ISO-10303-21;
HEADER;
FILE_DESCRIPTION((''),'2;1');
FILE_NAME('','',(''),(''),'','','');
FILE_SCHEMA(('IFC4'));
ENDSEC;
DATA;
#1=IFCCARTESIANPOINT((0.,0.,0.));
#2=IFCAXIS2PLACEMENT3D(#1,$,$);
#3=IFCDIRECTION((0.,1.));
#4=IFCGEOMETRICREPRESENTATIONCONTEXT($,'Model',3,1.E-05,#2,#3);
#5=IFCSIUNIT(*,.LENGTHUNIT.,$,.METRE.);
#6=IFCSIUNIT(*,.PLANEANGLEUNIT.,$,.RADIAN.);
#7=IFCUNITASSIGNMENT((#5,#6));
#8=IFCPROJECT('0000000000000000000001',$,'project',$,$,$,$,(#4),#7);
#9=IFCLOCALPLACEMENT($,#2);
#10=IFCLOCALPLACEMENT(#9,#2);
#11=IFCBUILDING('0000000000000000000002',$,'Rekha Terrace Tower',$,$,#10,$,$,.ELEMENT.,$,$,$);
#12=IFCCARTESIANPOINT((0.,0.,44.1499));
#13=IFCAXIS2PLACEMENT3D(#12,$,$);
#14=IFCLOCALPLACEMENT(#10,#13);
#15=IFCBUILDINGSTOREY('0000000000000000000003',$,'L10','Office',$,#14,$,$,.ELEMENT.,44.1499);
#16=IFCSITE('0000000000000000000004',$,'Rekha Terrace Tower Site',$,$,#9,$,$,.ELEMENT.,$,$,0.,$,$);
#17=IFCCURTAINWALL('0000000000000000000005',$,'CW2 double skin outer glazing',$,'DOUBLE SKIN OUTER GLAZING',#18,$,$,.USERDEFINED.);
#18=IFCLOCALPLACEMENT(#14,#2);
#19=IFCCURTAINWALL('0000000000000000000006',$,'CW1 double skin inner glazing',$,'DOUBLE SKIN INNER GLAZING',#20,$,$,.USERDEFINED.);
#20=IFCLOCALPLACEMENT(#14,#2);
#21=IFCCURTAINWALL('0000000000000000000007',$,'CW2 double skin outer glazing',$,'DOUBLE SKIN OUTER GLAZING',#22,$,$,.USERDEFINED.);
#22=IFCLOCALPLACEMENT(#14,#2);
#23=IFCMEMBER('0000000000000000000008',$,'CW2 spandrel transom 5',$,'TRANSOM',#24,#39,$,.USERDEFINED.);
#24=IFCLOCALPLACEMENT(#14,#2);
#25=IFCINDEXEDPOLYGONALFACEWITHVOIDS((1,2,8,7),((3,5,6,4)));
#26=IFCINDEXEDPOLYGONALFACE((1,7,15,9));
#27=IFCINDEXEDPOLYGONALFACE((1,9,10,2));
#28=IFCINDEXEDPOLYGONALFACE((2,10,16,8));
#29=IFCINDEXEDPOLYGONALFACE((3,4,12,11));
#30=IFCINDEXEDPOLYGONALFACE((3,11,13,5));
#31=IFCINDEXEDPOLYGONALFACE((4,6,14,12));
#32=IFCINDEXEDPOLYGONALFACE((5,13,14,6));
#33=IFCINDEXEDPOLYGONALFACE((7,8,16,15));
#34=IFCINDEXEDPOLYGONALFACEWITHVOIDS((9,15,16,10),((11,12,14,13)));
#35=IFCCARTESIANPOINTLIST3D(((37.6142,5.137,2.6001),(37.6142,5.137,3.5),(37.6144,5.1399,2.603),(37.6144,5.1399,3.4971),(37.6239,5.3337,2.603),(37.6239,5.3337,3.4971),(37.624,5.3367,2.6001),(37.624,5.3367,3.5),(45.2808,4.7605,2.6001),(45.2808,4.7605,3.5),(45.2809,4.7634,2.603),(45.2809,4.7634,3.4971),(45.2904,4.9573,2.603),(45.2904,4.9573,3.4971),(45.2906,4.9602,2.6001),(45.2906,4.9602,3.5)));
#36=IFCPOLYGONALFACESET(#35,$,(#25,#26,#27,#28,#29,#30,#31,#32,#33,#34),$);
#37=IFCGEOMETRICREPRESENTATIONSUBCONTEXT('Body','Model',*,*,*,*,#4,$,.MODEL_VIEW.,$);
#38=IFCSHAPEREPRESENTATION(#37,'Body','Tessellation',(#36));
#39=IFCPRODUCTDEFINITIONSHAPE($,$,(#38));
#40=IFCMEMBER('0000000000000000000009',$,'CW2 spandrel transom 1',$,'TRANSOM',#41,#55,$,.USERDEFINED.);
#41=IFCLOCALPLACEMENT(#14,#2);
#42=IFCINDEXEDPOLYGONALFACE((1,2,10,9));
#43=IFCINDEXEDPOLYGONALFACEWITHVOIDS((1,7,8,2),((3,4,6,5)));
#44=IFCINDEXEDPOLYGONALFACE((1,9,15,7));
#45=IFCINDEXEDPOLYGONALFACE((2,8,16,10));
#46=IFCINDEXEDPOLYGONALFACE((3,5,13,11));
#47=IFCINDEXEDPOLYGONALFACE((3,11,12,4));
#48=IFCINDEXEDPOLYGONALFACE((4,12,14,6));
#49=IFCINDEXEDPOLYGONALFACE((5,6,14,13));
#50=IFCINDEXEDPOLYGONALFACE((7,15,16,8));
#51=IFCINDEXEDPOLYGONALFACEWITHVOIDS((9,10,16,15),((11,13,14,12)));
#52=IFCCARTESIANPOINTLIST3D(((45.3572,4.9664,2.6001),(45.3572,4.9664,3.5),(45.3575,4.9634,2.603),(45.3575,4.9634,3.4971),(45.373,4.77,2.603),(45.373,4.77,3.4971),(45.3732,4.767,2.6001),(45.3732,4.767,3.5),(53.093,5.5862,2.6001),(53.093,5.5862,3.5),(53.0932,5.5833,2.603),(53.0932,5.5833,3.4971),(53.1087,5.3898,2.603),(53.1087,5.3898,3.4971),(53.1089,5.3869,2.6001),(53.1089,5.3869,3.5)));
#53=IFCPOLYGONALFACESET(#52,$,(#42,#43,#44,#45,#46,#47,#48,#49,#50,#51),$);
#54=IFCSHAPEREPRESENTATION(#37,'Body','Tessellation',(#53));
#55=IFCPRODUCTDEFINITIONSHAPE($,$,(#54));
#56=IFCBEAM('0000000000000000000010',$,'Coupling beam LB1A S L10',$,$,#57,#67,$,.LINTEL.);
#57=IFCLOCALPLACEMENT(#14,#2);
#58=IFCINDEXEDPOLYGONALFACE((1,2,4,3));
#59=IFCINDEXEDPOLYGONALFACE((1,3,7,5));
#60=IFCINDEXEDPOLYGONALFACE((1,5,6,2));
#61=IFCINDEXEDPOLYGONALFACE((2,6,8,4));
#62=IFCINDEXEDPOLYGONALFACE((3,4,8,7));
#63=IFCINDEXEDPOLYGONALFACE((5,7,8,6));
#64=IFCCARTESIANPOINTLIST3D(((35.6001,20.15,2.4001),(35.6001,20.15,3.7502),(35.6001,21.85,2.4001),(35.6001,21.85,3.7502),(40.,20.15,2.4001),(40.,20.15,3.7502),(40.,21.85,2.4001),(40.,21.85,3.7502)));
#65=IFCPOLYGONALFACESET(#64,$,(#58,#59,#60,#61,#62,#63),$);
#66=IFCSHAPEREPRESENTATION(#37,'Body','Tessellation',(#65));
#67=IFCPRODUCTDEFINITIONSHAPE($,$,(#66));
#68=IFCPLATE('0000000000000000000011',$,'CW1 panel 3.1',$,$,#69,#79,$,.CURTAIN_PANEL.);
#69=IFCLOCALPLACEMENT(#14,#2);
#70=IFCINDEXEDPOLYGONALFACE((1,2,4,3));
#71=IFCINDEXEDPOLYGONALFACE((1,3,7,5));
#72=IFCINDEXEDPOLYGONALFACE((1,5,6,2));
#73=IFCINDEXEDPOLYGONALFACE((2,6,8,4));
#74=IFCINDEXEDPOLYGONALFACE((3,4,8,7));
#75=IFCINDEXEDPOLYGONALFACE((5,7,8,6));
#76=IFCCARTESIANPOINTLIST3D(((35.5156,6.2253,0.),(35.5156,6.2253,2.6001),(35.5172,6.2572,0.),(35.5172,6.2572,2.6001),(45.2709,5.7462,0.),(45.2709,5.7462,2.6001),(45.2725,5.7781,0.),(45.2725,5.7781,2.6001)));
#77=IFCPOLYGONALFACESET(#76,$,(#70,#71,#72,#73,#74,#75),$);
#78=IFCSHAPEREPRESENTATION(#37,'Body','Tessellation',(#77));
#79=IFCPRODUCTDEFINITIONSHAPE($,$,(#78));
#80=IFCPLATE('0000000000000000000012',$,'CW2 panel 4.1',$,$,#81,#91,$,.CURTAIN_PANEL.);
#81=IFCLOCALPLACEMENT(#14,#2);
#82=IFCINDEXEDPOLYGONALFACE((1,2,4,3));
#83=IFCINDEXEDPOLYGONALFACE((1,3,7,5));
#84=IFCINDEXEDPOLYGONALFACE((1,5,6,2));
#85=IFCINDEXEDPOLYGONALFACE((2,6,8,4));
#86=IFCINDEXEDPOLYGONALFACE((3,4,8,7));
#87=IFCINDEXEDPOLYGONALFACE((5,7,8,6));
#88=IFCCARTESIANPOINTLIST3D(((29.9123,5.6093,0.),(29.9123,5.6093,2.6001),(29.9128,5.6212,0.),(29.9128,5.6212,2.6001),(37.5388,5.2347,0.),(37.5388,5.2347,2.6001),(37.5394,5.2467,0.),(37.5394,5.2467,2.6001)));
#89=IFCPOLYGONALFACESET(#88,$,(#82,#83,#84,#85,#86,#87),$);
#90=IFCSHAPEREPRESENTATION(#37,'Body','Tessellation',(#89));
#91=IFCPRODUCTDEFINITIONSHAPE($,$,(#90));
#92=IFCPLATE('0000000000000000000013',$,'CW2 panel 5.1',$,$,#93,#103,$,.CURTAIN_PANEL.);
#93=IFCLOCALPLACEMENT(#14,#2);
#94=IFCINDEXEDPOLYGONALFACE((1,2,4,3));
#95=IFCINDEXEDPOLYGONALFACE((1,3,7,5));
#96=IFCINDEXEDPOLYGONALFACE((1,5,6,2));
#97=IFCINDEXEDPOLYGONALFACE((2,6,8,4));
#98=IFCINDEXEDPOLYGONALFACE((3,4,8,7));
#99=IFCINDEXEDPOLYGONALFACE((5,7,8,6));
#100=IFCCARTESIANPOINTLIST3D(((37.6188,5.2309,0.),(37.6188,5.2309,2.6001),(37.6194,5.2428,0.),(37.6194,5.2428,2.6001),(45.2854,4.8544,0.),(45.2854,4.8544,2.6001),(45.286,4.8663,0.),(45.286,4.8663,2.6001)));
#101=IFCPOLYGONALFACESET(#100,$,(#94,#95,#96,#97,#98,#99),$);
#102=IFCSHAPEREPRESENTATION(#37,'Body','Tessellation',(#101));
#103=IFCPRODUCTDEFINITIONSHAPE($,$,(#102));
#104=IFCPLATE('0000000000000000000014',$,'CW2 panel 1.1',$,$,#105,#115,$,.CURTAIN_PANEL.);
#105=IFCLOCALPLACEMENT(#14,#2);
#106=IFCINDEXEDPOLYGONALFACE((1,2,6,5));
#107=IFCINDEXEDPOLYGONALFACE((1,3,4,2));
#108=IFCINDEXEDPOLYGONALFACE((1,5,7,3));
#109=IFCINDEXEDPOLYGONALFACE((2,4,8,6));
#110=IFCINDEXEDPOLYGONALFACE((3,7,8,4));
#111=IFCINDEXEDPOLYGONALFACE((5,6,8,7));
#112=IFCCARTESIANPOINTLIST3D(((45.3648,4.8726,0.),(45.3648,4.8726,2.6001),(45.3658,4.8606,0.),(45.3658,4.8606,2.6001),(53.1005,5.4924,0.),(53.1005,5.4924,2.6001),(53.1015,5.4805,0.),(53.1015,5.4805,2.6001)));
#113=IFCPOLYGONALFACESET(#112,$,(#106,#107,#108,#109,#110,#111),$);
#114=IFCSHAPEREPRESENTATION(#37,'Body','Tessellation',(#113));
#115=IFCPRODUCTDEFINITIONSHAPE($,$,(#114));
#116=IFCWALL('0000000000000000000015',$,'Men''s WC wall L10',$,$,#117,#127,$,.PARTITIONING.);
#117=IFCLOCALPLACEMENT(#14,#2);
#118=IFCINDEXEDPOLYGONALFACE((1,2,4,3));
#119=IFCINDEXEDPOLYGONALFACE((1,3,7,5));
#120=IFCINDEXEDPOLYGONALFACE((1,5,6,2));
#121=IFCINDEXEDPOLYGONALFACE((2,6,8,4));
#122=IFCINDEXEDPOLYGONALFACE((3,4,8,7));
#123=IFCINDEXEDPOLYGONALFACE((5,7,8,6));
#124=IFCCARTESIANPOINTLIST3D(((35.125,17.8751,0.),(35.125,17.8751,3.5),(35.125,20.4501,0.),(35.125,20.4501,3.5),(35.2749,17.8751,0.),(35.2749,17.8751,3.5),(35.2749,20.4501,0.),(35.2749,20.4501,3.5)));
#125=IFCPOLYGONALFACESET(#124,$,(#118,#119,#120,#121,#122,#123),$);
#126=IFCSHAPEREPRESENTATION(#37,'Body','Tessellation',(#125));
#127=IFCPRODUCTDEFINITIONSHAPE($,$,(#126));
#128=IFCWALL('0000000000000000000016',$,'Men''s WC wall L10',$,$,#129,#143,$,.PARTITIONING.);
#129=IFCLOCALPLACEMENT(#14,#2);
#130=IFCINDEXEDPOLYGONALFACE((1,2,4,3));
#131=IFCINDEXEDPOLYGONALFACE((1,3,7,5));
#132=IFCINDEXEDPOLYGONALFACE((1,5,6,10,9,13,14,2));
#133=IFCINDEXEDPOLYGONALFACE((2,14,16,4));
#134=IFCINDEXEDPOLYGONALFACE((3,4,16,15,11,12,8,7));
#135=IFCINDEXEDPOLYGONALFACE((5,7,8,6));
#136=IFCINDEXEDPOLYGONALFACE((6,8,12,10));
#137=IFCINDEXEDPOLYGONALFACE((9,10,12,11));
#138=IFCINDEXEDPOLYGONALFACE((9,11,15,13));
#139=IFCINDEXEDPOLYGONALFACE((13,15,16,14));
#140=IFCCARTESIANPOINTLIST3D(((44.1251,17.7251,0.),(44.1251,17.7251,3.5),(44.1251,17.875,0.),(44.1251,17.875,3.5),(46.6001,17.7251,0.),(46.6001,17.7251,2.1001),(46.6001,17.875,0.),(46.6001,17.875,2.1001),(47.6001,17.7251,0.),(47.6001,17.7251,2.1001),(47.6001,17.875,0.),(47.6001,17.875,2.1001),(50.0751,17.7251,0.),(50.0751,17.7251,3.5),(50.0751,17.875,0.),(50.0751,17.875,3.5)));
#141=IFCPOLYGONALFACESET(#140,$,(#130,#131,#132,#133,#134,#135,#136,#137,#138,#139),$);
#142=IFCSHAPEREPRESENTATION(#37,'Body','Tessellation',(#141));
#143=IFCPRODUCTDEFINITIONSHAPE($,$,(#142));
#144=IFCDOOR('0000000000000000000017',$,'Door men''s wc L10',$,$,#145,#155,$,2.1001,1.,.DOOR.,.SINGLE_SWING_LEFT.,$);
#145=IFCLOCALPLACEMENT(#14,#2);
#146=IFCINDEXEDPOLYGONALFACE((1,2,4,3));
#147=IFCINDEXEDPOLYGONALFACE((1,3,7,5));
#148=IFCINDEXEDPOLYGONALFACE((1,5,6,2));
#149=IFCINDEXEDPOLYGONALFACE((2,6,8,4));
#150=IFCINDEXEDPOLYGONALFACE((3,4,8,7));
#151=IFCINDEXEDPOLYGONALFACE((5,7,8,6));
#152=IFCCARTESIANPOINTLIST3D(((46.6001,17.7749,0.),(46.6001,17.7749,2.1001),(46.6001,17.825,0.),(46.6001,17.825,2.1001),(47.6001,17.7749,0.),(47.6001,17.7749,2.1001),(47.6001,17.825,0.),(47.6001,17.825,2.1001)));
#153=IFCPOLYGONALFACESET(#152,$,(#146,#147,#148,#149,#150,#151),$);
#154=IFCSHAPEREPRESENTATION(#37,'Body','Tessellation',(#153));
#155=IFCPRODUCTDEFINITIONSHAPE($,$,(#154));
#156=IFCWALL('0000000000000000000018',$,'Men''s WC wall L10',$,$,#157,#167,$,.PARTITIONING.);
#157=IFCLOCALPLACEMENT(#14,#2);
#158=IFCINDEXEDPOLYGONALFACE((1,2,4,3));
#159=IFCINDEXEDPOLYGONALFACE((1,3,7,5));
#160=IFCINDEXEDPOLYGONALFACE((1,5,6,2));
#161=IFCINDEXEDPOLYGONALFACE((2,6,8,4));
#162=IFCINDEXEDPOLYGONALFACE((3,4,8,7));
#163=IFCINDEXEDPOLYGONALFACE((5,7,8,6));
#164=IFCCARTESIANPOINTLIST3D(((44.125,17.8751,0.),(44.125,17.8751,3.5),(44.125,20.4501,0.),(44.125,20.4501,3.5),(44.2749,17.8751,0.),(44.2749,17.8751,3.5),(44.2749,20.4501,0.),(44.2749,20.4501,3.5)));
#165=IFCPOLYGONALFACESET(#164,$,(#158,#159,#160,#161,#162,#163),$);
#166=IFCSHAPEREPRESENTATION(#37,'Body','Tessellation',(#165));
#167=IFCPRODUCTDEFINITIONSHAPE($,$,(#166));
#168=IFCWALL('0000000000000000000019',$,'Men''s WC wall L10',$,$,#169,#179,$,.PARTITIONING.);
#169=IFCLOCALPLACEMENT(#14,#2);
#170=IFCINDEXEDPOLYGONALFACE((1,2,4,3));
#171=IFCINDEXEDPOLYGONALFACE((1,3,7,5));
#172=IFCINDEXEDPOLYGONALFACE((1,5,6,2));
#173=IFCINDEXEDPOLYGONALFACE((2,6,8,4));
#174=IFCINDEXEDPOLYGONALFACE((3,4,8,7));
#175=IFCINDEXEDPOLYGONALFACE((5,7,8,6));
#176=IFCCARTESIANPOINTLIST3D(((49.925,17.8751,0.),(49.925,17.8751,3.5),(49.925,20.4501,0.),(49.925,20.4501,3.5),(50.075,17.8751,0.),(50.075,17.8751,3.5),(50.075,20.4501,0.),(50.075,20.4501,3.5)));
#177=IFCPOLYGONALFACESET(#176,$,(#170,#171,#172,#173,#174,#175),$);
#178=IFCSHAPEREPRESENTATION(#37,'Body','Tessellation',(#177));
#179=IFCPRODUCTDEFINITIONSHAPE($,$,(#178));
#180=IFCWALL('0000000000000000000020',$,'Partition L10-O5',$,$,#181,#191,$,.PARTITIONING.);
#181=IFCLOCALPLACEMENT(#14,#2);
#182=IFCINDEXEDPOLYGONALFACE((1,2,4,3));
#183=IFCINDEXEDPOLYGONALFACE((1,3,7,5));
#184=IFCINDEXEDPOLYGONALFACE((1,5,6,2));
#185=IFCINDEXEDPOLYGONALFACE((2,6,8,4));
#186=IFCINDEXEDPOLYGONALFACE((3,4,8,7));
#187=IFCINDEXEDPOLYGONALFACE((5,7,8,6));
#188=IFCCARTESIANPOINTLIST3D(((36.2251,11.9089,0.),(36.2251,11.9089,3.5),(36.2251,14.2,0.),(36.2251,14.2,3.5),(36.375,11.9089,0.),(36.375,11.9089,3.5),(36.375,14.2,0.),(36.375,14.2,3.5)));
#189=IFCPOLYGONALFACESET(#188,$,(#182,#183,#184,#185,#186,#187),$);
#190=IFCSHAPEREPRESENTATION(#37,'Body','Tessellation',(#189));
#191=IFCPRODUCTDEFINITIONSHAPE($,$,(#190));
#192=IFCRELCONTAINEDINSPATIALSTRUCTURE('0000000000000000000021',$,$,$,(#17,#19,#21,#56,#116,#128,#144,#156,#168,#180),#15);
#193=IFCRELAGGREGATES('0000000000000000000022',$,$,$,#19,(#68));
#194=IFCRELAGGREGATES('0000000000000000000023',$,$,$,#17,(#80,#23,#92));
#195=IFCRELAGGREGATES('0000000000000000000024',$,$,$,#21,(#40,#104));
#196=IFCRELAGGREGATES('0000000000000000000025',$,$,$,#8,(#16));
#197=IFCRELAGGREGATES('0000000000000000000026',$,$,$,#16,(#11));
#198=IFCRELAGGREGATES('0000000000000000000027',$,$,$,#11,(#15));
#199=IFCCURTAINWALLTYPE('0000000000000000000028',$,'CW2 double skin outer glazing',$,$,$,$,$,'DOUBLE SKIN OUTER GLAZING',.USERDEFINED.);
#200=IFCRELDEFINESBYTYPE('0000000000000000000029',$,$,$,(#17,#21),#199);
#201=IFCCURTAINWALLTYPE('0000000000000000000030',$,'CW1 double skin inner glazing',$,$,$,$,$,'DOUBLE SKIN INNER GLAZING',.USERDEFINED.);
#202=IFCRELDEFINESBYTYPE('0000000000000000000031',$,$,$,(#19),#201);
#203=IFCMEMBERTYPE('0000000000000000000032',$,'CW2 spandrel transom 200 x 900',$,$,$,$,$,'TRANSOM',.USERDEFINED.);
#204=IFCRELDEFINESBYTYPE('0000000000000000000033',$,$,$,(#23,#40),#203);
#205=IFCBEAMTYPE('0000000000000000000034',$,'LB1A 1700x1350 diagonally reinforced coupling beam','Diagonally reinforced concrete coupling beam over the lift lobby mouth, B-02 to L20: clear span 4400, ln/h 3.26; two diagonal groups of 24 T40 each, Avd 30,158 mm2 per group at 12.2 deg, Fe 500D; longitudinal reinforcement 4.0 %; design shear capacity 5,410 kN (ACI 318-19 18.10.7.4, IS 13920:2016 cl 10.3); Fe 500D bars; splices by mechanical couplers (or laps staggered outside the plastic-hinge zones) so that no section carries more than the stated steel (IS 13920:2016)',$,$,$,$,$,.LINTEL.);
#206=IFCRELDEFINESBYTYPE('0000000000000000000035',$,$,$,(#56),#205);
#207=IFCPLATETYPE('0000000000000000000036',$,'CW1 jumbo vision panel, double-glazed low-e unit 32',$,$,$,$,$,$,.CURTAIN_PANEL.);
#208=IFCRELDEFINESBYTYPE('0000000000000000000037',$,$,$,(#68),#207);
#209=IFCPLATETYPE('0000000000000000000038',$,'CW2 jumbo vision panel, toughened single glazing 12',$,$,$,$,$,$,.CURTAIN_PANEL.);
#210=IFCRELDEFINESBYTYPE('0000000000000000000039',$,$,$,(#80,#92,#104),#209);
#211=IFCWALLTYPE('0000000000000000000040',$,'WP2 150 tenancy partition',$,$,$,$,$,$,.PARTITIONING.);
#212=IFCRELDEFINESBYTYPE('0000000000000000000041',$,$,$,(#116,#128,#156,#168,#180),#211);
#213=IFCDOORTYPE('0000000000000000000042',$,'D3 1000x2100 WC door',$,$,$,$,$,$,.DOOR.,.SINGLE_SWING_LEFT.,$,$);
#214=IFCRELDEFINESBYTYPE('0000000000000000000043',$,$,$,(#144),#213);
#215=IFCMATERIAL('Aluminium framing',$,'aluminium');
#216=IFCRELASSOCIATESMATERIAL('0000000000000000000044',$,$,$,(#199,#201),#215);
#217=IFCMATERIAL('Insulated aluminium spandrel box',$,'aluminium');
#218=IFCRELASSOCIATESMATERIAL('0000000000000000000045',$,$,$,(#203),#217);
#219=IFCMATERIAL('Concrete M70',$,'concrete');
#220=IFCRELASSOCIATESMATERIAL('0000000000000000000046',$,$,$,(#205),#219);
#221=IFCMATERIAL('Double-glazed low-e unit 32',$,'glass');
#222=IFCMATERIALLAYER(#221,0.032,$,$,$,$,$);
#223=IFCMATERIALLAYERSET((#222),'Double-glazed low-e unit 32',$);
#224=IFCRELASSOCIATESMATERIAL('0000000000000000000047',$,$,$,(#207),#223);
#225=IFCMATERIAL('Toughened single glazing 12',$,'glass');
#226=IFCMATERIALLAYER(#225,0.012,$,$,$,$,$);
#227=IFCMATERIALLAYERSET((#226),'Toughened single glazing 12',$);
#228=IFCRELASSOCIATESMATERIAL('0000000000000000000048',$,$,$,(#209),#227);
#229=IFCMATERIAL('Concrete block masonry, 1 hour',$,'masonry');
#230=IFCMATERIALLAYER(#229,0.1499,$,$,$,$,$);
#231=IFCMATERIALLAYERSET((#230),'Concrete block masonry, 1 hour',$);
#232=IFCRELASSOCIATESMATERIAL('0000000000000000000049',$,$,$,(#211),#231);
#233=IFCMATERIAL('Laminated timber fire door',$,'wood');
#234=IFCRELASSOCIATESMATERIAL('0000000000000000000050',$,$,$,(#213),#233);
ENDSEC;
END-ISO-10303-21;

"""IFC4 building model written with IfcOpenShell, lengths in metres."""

from ifc_helpers import new_model, si_unit, direction, frame, frame_2d, origin, origin_2d, place, context, subcontext, project, spatial, rectangle, hollow_rectangle, extrude, material, layer, layer_set, material_profile, profile_set, type_object, element, fill, aggregate, save


model = new_model("IFC4")

# Units and contexts
model_context = context("Model", 3, precision=1e-05, world=origin(), true_north=direction((0.0, 1.0)))
body_context = subcontext(model_context, "Body", "Model", "MODEL_VIEW")
ifc_project = project(units=[si_unit("LENGTHUNIT", "METRE"), si_unit("PLANEANGLEUNIT", "RADIAN")], contexts=[model_context])

# Site, building, storey
site_placement = place(None, origin())
site = spatial("IfcSite", under=ifc_project, at=site_placement, Name="Rekha Terrace Tower Site", CompositionType="ELEMENT", RefElevation=0.0)
building_placement = place(site_placement, origin())
building = spatial("IfcBuilding", under=site, at=building_placement, Name="Rekha Terrace Tower", CompositionType="ELEMENT")
storey_placement = place(building_placement, frame((0.0, 0.0, 44.1499)))
storey = spatial("IfcBuildingStorey", under=building, at=storey_placement, Name="L10", Description="Office", CompositionType="ELEMENT", Elevation=44.1499)

# Shared definitions
ifc_material_1 = material(Name="Concrete M70", Category="concrete")

# Curtain walls
ifc_material_2 = material(Name="Aluminium framing", Category="aluminium")
curtain_wall_type_1 = type_object("IfcCurtainWallType", Name="CW2 double skin outer glazing", ElementType="DOUBLE SKIN OUTER GLAZING", PredefinedType="USERDEFINED", material=ifc_material_2)
curtain_wall_1_placement = place(storey_placement, origin())
curtain_wall_1 = element("IfcCurtainWall", 1, at=curtain_wall_1_placement, inside=storey, type_object=curtain_wall_type_1, Name="CW2 double skin outer glazing", ObjectType="DOUBLE SKIN OUTER GLAZING", PredefinedType="USERDEFINED")
curtain_wall_type_2 = type_object("IfcCurtainWallType", Name="CW1 double skin inner glazing", ElementType="DOUBLE SKIN INNER GLAZING", PredefinedType="USERDEFINED", material=ifc_material_2)
curtain_wall_2_placement = place(storey_placement, origin())
curtain_wall_2 = element("IfcCurtainWall", 2, at=curtain_wall_2_placement, inside=storey, type_object=curtain_wall_type_2, Name="CW1 double skin inner glazing", ObjectType="DOUBLE SKIN INNER GLAZING", PredefinedType="USERDEFINED")

# Shared definitions
ifc_material_3 = material(Name="Insulated aluminium spandrel box", Category="aluminium")

# Curtain wall
curtain_wall_3_placement = place(storey_placement, origin())
curtain_wall_3 = element("IfcCurtainWall", 3, at=curtain_wall_3_placement, inside=storey, type_object=curtain_wall_type_1, Name="CW2 double skin outer glazing", ObjectType="DOUBLE SKIN OUTER GLAZING", PredefinedType="USERDEFINED")

# Members
ifc_material_profile_1 = material_profile(ifc_material_3, hollow_rectangle(XDim=0.2, YDim=0.8999, WallThickness=0.0029, at=origin_2d()), Name="AL SPANDREL BOX 200x900")
ifc_profile_set_1 = profile_set([ifc_material_profile_1], Name="Insulated aluminium spandrel box")
member_type_1 = type_object("IfcMemberType", Name="CW2 spandrel transom 200 x 900", ElementType="TRANSOM", PredefinedType="USERDEFINED", material=ifc_profile_set_1)
member_1_placement = place(storey_placement, frame((37.6191, 5.2368, 3.05), z_axis=(0.998797, -0.049046, 0.0), x_axis=(0.049046, 0.998797, 0.0)))
member_1 = element("IfcMember", 4, at=member_1_placement, type_object=member_type_1, Name="CW2 spandrel transom 5", ObjectType="TRANSOM", PredefinedType="USERDEFINED", context=body_context, shape_type="SweptSolid", body=[
    extrude(hollow_rectangle(XDim=0.2, YDim=0.8999, WallThickness=0.0029, at=origin_2d()), origin(), (0.0, 0.0, 1.0), 7.6758),
])
member_2_placement = place(storey_placement, frame((45.3652, 4.8667, 3.05), z_axis=(0.996805, 0.079877, 0.0), x_axis=(-0.079877, 0.996805, 0.0)))
member_2 = element("IfcMember", 5, at=member_2_placement, type_object=member_type_1, Name="CW2 spandrel transom 1", ObjectType="TRANSOM", PredefinedType="USERDEFINED", context=body_context, shape_type="SweptSolid", body=[
    extrude(hollow_rectangle(XDim=0.2, YDim=0.8999, WallThickness=0.0029, at=origin_2d()), origin(), (0.0, 0.0, 1.0), 7.7605),
])

# Beam
ifc_material_profile_2 = material_profile(ifc_material_1, rectangle(XDim=1.7, YDim=1.3501, at=origin_2d()), Name="RC 1700x1350")
ifc_profile_set_2 = profile_set([ifc_material_profile_2], Name="Concrete M70")
beam_type = type_object("IfcBeamType", Name="LB1A 1700x1350 diagonally reinforced coupling beam", Description="Diagonally reinforced concrete coupling beam over the lift lobby mouth, B-02 to L20: clear span 4400, ln/h 3.26; two diagonal groups of 24 T40 each, Avd 30,158 mm2 per group at 12.2 deg, Fe 500D; longitudinal reinforcement 4.0 %; design shear capacity 5,410 kN (ACI 318-19 18.10.7.4, IS 13920:2016 cl 10.3); Fe 500D bars; splices by mechanical couplers (or laps staggered outside the plastic-hinge zones) so that no section carries more than the stated steel (IS 13920:2016)", PredefinedType="LINTEL", material=ifc_profile_set_2)
beam_placement = place(storey_placement, frame((35.6001, 21.0, 3.0752), z_axis=(1.0, 0.0, 0.0), x_axis=(0.0, 1.0, 0.0)))
element("IfcBeam", 6, at=beam_placement, inside=storey, type_object=beam_type, Name="Coupling beam LB1A S L10", PredefinedType="LINTEL", context=body_context, shape_type="SweptSolid", body=[
    extrude(rectangle(XDim=1.7, YDim=1.3501, at=origin_2d()), origin(), (0.0, 0.0, 1.0), 4.3999),
])

# Plates
ifc_material_4 = material(Name="Double-glazed low-e unit 32", Category="glass")
ifc_layer_1 = layer(ifc_material_4, 0.032)
ifc_layer_set_1 = layer_set([ifc_layer_1], Name="Double-glazed low-e unit 32")
plate_type_1 = type_object("IfcPlateType", Name="CW1 jumbo vision panel, double-glazed low-e unit 32", PredefinedType="CURTAIN_PANEL", material=ifc_layer_set_1)
plate_1_placement = place(storey_placement, frame((40.394, 6.0017, 0.0), z_axis=(0.0, 0.0, 1.0), x_axis=(0.998796, -0.049052, 0.0)))
plate_1 = element("IfcPlate", 7, at=plate_1_placement, type_object=plate_type_1, Name="CW1 panel 3.1", PredefinedType="CURTAIN_PANEL", context=body_context, shape_type="SweptSolid", body=[
    extrude(rectangle(XDim=9.7671, YDim=0.032, at=origin_2d()), origin(), (0.0, 0.0, 1.0), 2.6001),
])
aggregate(curtain_wall_2, [plate_1])
ifc_material_5 = material(Name="Toughened single glazing 12", Category="glass")
ifc_layer_2 = layer(ifc_material_5, 0.012)
ifc_layer_set_2 = layer_set([ifc_layer_2], Name="Toughened single glazing 12")
plate_type_2 = type_object("IfcPlateType", Name="CW2 jumbo vision panel, toughened single glazing 12", PredefinedType="CURTAIN_PANEL", material=ifc_layer_set_2)
plate_2_placement = place(storey_placement, frame((33.7258, 5.428, 0.0), z_axis=(0.0, 0.0, 1.0), x_axis=(0.998796, -0.049052, 0.0)))
plate_2 = element("IfcPlate", 8, at=plate_2_placement, type_object=plate_type_2, Name="CW2 panel 4.1", PredefinedType="CURTAIN_PANEL", context=body_context, shape_type="SweptSolid", body=[
    extrude(rectangle(XDim=7.6357, YDim=0.012, at=origin_2d()), origin(), (0.0, 0.0, 1.0), 2.6001),
])
plate_3_placement = place(storey_placement, frame((41.4524, 5.0486, 0.0), z_axis=(0.0, 0.0, 1.0), x_axis=(0.998796, -0.049052, 0.0)))
plate_3 = element("IfcPlate", 9, at=plate_3_placement, type_object=plate_type_2, Name="CW2 panel 5.1", PredefinedType="CURTAIN_PANEL", context=body_context, shape_type="SweptSolid", body=[
    extrude(rectangle(XDim=7.6758, YDim=0.012, at=origin_2d()), origin(), (0.0, 0.0, 1.0), 2.6001),
])
aggregate(curtain_wall_1, [plate_2, member_1, plate_3])
plate_4_placement = place(storey_placement, frame((49.2332, 5.1765, 0.0), z_axis=(0.0, 0.0, 1.0), x_axis=(0.996805, 0.079872, 0.0)))
plate_4 = element("IfcPlate", 10, at=plate_4_placement, type_object=plate_type_2, Name="CW2 panel 1.1", PredefinedType="CURTAIN_PANEL", context=body_context, shape_type="SweptSolid", body=[
    extrude(rectangle(XDim=7.7605, YDim=0.012, at=origin_2d()), origin(), (0.0, 0.0, 1.0), 2.6001),
])
aggregate(curtain_wall_3, [member_2, plate_4])

# Wall
ifc_material_6 = material(Name="Concrete block masonry, 1 hour", Category="masonry")
ifc_layer_3 = layer(ifc_material_6, 0.1499)
ifc_layer_set_3 = layer_set([ifc_layer_3], Name="Concrete block masonry, 1 hour")
wall_type_1 = type_object("IfcWallType", Name="WP2 150 tenancy partition", PredefinedType="PARTITIONING", material=ifc_layer_set_3)
wall_1_placement = place(storey_placement, frame((35.2, 17.875, 0.0), z_axis=(0.0, 0.0, 1.0), x_axis=(0.0, 1.0, 0.0)))
element("IfcWall", 11, at=wall_1_placement, inside=storey, type_object=wall_type_1, Name="Men's WC wall L10", PredefinedType="PARTITIONING", context=body_context, shape_type="SweptSolid", body=[
    extrude(rectangle(XDim=2.575, YDim=0.1499, at=frame_2d((1.2876, 0.0))), origin(), (0.0, 0.0, 1.0), 3.5),
])

# Wall, opening, door
wall_2_placement = place(storey_placement, frame((44.125, 17.8, 0.0), z_axis=(0.0, 0.0, 1.0), x_axis=(1.0, 0.0, 0.0)))
wall_2 = element("IfcWall", 12, at=wall_2_placement, inside=storey, type_object=wall_type_1, Name="Men's WC wall L10", PredefinedType="PARTITIONING", context=body_context, shape_type="SweptSolid", body=[
    extrude(rectangle(XDim=5.95, YDim=0.1499, at=frame_2d((2.9751, 0.0))), origin(), (0.0, 0.0, 1.0), 3.5),
])
opening_1_placement = place(wall_2_placement, frame((2.4751, 0.0, 0.0)))
opening_1 = element("IfcOpeningElement", 13, at=opening_1_placement, cuts=wall_2, PredefinedType="OPENING", context=body_context, shape_type="SweptSolid", body=[
    extrude(rectangle(XDim=1.0, YDim=2.1001, at=frame_2d((0.5, 1.05))), frame((0.0, 0.085, 0.0), z_axis=(0.0, -1.0, 0.0), x_axis=(1.0, 0.0, 0.0)), (0.0, 0.0, 1.0), 0.1699),
])
ifc_material_7 = material(Name="Laminated timber fire door", Category="wood")
door_type_1 = type_object("IfcDoorType", Name="D3 1000x2100 WC door", OperationType="SINGLE_SWING_LEFT", PredefinedType="DOOR", material=ifc_material_7)
door_1_placement = place(opening_1_placement, origin())
door_1 = element("IfcDoor", 14, at=door_1_placement, inside=storey, type_object=door_type_1, Name="Door men's wc L10", OperationType="SINGLE_SWING_LEFT", OverallHeight=2.1001, OverallWidth=1.0, PredefinedType="DOOR", context=body_context, shape_type="SweptSolid", body=[
    extrude(rectangle(XDim=1.0, YDim=2.1001, at=frame_2d((0.5, 1.05))), frame((0.0, 0.0249, 0.0), z_axis=(0.0, -1.0, 0.0), x_axis=(1.0, 0.0, 0.0)), (0.0, 0.0, 1.0), 0.05),
])
fill(opening_1, door_1)

# Walls
for number, where, z_axis, x_axis, name in (
    (15, (44.2, 17.875, 0.0), (0.0, 0.0, 1.0), (0.0, 1.0, 0.0), "Men's WC wall L10"),
    (16, (50.0, 17.875, 0.0), (0.0, 0.0, 1.0), (0.0, 1.0, 0.0), "Men's WC wall L10"),
):
    element("IfcWall", number, at=place(storey_placement, frame(where, z_axis=z_axis, x_axis=x_axis)), inside=storey, type_object=wall_type_1, Name=name, PredefinedType="PARTITIONING", context=body_context, shape_type="SweptSolid", body=[
        extrude(rectangle(XDim=2.575, YDim=0.1499, at=frame_2d((1.2876, 0.0))), origin(), (0.0, 0.0, 1.0), 3.5),
    ])
wall_3_placement = place(storey_placement, frame((36.3, 14.2, 0.0), z_axis=(0.0, 0.0, 1.0), x_axis=(0.0, -1.0, 0.0)))
element("IfcWall", 17, at=wall_3_placement, inside=storey, type_object=wall_type_1, Name="Partition L10-O5", PredefinedType="PARTITIONING", context=body_context, shape_type="SweptSolid", body=[
    extrude(rectangle(XDim=2.291, YDim=0.1499, at=frame_2d((1.1455, 0.0))), origin(), (0.0, 0.0, 1.0), 3.5),
])

save(model, "model.ifc")
